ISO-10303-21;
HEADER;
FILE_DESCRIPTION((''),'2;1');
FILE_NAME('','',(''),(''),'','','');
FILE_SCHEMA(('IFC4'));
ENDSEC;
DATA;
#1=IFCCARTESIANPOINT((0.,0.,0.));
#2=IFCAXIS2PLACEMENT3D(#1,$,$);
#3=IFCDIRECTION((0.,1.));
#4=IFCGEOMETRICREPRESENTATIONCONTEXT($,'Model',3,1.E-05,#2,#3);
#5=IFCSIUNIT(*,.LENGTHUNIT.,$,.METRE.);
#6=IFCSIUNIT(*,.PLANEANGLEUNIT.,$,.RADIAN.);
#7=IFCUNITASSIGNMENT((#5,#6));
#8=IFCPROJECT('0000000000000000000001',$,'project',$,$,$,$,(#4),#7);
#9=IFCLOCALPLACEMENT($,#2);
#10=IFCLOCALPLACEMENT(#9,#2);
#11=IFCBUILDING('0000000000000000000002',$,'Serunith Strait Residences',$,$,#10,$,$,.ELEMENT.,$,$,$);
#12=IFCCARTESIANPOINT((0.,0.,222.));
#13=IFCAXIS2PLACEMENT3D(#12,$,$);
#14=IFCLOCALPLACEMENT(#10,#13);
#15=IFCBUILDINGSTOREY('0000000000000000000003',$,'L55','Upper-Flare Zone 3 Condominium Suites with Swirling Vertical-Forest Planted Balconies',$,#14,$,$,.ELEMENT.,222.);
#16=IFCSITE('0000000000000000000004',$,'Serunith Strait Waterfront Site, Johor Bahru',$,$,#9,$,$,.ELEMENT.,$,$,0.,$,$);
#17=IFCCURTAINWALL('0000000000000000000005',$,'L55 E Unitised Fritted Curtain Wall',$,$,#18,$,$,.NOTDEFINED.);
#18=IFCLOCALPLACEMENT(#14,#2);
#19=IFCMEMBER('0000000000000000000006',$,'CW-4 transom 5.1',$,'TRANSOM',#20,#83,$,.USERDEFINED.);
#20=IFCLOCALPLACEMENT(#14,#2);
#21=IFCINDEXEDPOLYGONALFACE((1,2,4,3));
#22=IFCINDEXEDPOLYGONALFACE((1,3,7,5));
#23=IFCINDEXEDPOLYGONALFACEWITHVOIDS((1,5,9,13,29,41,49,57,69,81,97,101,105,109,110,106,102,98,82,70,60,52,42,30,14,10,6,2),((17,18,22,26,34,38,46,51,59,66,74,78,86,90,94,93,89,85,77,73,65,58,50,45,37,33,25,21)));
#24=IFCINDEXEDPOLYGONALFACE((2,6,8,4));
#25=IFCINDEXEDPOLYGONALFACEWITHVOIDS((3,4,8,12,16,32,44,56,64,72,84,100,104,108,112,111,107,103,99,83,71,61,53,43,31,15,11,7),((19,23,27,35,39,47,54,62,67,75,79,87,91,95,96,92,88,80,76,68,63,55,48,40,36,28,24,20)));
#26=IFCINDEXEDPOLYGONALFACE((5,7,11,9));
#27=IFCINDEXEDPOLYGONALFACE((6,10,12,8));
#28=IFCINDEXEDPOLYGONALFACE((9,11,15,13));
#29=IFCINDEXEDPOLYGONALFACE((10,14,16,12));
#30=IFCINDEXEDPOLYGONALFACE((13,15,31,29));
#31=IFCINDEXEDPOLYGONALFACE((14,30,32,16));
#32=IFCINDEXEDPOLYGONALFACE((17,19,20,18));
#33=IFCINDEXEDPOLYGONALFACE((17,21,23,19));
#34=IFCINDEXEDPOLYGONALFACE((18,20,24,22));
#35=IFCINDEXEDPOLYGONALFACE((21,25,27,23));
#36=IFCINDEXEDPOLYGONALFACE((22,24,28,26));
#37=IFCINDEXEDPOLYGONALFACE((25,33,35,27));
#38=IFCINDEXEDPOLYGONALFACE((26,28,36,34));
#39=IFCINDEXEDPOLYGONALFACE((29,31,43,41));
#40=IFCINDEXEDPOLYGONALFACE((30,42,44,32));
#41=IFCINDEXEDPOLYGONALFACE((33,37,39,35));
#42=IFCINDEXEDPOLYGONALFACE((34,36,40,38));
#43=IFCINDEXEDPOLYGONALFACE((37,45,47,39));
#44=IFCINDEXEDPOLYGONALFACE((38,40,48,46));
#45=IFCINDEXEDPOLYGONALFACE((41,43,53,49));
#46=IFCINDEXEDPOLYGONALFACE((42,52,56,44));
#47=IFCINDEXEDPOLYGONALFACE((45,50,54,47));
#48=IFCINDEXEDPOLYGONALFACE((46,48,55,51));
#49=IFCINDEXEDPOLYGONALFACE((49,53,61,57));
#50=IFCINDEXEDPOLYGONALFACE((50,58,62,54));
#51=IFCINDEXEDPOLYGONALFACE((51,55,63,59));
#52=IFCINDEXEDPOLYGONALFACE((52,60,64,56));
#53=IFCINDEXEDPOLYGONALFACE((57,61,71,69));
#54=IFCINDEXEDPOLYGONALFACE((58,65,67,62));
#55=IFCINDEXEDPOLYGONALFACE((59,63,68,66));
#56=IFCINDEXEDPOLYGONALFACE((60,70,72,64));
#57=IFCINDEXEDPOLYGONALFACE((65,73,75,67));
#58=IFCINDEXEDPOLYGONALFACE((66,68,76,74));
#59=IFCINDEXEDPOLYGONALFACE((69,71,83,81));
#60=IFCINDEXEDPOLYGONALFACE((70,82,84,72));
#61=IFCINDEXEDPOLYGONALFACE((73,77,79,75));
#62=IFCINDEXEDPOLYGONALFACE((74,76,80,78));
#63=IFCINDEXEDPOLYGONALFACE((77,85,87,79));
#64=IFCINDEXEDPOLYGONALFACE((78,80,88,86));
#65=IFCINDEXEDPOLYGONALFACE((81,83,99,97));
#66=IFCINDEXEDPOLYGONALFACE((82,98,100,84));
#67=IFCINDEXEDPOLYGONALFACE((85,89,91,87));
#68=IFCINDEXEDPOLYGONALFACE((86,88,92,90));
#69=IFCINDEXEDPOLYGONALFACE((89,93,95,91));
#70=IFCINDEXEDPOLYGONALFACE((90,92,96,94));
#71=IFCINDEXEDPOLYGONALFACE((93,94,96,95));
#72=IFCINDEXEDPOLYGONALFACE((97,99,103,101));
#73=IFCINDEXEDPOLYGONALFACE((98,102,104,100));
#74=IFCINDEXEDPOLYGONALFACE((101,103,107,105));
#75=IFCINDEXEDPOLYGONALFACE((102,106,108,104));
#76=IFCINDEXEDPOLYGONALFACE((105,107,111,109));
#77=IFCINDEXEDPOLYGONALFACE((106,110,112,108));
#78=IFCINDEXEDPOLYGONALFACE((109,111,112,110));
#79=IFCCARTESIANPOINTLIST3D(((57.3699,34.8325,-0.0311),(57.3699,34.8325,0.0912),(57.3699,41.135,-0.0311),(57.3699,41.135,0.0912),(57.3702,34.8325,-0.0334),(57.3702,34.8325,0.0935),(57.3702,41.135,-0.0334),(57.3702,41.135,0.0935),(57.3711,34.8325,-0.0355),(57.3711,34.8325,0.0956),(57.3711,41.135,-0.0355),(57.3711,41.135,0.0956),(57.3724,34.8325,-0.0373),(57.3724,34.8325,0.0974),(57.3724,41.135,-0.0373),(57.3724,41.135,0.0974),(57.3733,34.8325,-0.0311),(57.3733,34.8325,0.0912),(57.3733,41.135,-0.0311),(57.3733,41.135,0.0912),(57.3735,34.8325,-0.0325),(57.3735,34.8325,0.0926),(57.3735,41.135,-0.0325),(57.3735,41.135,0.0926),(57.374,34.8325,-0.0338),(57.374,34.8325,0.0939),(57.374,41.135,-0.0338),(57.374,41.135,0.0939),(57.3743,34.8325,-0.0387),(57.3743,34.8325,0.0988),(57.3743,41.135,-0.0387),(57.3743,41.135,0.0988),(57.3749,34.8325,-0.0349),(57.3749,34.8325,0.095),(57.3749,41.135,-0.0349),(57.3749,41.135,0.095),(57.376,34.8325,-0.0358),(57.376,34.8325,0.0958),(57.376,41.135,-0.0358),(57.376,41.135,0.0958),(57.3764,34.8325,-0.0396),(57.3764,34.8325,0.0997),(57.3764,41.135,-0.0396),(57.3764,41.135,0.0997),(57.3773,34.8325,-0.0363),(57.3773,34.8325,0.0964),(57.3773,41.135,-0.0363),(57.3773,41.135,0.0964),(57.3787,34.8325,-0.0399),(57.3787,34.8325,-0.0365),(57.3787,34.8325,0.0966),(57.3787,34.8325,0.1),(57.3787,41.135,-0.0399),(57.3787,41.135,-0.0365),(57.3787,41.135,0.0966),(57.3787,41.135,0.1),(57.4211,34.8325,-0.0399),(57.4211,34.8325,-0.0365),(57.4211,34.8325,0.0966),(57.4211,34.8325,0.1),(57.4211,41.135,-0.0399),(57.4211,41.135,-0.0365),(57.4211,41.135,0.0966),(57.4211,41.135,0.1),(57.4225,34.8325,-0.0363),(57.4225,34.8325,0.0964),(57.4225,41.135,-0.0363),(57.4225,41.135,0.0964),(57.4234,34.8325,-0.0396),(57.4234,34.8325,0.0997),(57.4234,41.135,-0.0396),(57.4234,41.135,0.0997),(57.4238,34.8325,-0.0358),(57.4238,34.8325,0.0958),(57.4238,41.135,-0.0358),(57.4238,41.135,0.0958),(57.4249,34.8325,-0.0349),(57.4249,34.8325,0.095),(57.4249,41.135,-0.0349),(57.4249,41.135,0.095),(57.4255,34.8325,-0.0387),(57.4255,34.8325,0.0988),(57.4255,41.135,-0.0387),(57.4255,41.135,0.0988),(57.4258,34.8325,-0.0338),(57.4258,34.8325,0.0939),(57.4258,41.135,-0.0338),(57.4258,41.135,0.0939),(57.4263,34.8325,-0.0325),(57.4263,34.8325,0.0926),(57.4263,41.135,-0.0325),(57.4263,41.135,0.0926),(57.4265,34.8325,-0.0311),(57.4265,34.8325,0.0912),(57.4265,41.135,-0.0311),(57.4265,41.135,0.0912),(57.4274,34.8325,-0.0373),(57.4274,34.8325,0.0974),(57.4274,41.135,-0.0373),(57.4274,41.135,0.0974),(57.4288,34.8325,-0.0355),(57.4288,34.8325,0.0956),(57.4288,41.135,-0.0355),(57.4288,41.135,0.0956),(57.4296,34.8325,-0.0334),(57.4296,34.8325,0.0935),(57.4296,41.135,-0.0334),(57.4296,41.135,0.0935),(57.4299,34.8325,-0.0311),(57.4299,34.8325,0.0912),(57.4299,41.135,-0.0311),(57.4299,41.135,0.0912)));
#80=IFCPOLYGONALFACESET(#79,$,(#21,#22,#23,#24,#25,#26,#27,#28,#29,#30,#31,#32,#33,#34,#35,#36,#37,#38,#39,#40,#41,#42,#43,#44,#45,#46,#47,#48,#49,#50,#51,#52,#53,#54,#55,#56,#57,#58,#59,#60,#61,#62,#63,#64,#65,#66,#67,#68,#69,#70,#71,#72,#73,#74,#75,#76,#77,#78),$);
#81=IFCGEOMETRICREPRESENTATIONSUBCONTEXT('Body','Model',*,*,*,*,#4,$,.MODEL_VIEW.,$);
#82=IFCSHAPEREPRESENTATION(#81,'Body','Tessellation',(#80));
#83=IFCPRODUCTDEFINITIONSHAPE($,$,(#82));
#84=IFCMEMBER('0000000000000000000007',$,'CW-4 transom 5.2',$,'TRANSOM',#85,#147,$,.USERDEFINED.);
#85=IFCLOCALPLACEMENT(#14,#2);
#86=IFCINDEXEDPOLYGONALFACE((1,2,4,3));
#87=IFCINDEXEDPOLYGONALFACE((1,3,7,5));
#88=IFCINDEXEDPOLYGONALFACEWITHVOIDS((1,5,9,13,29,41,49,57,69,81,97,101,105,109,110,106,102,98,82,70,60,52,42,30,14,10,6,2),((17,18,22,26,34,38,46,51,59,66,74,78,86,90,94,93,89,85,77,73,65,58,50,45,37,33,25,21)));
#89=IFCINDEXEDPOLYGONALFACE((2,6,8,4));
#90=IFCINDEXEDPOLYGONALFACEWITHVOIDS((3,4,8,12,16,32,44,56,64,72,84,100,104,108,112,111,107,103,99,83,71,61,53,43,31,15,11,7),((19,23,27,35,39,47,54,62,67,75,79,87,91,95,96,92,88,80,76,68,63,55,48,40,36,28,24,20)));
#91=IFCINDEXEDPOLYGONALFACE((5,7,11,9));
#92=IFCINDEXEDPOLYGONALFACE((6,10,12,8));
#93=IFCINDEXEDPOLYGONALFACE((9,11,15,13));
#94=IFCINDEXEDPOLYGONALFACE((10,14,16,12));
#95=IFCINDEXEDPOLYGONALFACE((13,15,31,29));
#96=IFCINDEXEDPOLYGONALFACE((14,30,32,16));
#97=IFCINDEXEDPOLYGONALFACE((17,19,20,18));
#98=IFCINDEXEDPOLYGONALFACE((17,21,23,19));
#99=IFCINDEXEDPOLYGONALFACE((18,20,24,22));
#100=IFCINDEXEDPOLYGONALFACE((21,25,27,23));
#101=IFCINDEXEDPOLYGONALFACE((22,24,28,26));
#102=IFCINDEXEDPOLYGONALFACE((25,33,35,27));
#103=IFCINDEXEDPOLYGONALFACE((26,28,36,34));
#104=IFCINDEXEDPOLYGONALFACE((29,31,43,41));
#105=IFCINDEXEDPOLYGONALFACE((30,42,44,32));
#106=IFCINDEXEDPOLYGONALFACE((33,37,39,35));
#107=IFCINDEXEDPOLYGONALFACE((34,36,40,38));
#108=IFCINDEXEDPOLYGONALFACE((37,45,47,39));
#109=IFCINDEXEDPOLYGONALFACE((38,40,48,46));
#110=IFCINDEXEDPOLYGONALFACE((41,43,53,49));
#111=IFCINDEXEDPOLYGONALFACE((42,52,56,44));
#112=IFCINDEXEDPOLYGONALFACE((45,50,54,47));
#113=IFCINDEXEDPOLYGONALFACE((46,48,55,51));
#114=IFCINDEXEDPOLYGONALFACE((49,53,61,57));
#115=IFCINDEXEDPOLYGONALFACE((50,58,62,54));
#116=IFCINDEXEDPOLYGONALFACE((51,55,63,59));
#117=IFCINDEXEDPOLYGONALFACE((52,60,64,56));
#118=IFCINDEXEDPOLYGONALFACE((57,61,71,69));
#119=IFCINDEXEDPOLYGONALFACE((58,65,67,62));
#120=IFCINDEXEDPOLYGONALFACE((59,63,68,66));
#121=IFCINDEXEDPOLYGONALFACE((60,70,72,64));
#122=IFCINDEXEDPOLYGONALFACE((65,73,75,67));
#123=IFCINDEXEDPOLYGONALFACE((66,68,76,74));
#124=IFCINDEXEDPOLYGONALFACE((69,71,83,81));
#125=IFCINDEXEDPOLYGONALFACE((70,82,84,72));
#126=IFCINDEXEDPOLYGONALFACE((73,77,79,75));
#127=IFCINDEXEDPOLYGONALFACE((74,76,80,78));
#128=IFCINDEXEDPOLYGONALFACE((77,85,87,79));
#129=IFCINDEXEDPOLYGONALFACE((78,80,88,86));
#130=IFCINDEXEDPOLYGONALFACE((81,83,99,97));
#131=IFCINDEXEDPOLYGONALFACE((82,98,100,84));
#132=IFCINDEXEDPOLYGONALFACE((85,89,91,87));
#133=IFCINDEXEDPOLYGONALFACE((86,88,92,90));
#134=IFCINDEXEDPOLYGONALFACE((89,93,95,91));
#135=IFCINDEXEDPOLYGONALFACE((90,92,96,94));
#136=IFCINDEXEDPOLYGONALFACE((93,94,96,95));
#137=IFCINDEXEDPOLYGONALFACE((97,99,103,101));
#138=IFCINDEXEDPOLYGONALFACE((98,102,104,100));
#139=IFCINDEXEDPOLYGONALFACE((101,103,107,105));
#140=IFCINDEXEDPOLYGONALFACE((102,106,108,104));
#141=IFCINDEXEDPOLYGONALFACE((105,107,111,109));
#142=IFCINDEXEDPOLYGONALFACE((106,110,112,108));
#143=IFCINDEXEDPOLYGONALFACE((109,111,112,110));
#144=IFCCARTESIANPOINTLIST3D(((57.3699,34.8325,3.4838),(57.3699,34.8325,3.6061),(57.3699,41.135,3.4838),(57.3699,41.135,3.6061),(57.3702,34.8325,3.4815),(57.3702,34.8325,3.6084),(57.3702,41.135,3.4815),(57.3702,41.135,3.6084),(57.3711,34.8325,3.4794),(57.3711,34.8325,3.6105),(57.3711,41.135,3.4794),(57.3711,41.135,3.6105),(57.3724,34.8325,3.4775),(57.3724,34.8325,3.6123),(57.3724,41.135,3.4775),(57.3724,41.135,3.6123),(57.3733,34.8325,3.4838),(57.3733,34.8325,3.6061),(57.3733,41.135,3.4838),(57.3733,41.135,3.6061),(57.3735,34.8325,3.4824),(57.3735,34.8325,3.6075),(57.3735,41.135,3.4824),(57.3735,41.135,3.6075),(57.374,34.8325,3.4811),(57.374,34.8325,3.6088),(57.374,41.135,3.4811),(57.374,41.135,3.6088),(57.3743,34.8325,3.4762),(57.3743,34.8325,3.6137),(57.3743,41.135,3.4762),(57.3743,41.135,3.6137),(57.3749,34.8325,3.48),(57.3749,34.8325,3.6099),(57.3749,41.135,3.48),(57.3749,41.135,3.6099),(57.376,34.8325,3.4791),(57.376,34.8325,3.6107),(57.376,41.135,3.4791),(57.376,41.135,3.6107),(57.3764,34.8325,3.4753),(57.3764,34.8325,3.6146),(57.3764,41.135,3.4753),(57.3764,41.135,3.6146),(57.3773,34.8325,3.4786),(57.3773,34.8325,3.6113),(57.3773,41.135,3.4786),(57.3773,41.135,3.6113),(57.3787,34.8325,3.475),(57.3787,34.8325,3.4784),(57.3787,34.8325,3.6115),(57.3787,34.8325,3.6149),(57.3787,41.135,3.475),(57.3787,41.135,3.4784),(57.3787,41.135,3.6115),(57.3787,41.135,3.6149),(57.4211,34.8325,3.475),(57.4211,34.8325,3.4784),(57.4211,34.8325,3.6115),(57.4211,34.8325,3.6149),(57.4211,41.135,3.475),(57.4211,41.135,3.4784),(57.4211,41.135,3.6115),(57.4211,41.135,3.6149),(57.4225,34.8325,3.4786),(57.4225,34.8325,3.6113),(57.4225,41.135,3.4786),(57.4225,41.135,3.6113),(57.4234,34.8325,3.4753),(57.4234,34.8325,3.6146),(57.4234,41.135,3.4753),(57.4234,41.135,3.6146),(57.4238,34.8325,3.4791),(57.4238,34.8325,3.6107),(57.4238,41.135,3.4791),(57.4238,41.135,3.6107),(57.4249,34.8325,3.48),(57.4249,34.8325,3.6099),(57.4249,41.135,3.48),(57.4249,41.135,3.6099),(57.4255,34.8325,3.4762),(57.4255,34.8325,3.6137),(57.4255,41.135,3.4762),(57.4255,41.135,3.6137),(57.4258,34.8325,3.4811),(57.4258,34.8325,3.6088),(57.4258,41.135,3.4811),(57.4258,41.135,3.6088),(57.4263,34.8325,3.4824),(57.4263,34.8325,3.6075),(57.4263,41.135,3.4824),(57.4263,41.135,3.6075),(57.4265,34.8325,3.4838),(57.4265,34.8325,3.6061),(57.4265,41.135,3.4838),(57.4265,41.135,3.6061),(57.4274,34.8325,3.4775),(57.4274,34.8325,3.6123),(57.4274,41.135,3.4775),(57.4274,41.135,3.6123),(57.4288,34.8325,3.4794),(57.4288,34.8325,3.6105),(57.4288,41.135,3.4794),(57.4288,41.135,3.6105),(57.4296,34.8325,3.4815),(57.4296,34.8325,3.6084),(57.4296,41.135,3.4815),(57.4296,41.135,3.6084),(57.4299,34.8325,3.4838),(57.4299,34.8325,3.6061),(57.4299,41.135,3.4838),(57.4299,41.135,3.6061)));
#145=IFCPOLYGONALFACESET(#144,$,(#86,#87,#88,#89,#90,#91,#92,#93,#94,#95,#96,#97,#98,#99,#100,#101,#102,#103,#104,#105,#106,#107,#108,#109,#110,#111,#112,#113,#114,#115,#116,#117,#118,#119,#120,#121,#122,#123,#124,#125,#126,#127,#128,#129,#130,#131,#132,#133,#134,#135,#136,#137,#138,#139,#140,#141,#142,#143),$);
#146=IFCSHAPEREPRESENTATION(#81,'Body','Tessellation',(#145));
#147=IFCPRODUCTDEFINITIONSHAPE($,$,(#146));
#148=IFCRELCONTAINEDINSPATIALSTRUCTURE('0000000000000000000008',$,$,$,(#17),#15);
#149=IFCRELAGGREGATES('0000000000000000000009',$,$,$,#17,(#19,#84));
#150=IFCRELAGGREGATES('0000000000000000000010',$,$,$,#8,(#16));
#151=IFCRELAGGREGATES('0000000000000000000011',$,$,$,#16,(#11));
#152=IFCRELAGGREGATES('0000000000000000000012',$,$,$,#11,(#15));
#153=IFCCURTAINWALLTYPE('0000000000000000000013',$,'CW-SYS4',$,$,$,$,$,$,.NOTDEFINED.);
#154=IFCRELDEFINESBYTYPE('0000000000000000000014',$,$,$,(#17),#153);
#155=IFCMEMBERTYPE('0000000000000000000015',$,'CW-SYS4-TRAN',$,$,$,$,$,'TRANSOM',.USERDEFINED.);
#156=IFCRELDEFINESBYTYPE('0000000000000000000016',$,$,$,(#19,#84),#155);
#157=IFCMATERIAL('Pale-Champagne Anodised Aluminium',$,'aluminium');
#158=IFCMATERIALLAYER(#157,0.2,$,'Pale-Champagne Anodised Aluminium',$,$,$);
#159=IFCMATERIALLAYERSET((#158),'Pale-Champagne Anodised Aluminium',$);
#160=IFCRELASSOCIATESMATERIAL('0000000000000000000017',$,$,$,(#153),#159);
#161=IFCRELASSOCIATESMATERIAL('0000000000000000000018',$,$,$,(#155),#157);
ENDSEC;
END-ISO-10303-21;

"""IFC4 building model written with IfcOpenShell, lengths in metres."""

from ifc_helpers import new_model, si_unit, direction, frame, origin, origin_2d, place, context, subcontext, project, spatial, hollow_rectangle, extrude, source, transform, mapped, material, layer, layer_set, material_profile, profile_set, type_object, element, aggregate, save


model = new_model("IFC4")

# Units and contexts
model_context = context("Model", 3, precision=1e-05, world=origin(), true_north=direction((0.0, 1.0)))
body_context = subcontext(model_context, "Body", "Model", "MODEL_VIEW")
ifc_project = project(units=[si_unit("LENGTHUNIT", "METRE"), si_unit("PLANEANGLEUNIT", "RADIAN")], contexts=[model_context])

# Site, building, storey
site_placement = place(None, origin())
site = spatial("IfcSite", under=ifc_project, at=site_placement, Name="Serunith Strait Waterfront Site, Johor Bahru", CompositionType="ELEMENT", RefElevation=0.0)
building_placement = place(site_placement, origin())
building = spatial("IfcBuilding", under=site, at=building_placement, Name="Serunith Strait Residences", CompositionType="ELEMENT")
storey_placement = place(building_placement, frame((0.0, 0.0, 222.0)))
storey = spatial("IfcBuildingStorey", under=building, at=storey_placement, Name="L55", Description="Upper-Flare Zone 3 Condominium Suites with Swirling Vertical-Forest Planted Balconies", CompositionType="ELEMENT", Elevation=222.0)

# Curtain wall, members
ifc_material_1 = material(Name="Pale-Champagne Anodised Aluminium", Category="aluminium")
ifc_layer_1 = layer(ifc_material_1, 0.2, Name="Pale-Champagne Anodised Aluminium")
ifc_layer_set_1 = layer_set([ifc_layer_1], Name="Pale-Champagne Anodised Aluminium")
curtain_wall_type = type_object("IfcCurtainWallType", Name="CW-SYS4", PredefinedType="NOTDEFINED", material=ifc_layer_set_1)
curtain_wall_placement = place(storey_placement, origin())
curtain_wall = element("IfcCurtainWall", 1, at=curtain_wall_placement, inside=storey, type_object=curtain_wall_type, Name="L55 E Unitised Fritted Curtain Wall", PredefinedType="NOTDEFINED")
ifc_material_profile_1 = material_profile(ifc_material_1, hollow_rectangle(XDim=0.0601, YDim=0.1399, WallThickness=0.0034, InnerFilletRadius=0.0054, OuterFilletRadius=0.0088, at=origin_2d()), Name="ALU 140x60x3.5")
ifc_profile_set_1 = profile_set([ifc_material_profile_1], Name="Pale-Champagne Anodised Aluminium")
member_type_1 = type_object("IfcMemberType", Name="CW-SYS4-TRAN", ElementType="TRANSOM", PredefinedType="USERDEFINED", material=ifc_profile_set_1)
shared_shape_1 = source(origin(), body_context, "Body", "SweptSolid", [
    extrude(hollow_rectangle(XDim=0.0601, YDim=0.1399, WallThickness=0.0034, InnerFilletRadius=0.0054, OuterFilletRadius=0.0088, at=origin_2d()), origin(), (0.0, 0.0, 1.0), 6.3025),
])
member_1_placement = place(storey_placement, frame((57.3999, 34.8325, 0.03), z_axis=(0.0, 1.0, 0.0), x_axis=(-1.0, 0.0, 0.0)))
member_1 = element("IfcMember", 2, at=member_1_placement, type_object=member_type_1, Name="CW-4 transom 5.1", ObjectType="TRANSOM", PredefinedType="USERDEFINED", context=body_context, shape_type="MappedRepresentation", body=[
    mapped(shared_shape_1, transform((0.0, 0.0, 0.0), scale=1.0)),
])
member_2_placement = place(storey_placement, frame((57.3999, 34.8325, 3.5449), z_axis=(0.0, 1.0, 0.0), x_axis=(-1.0, 0.0, 0.0)))
member_2 = element("IfcMember", 3, at=member_2_placement, type_object=member_type_1, Name="CW-4 transom 5.2", ObjectType="TRANSOM", PredefinedType="USERDEFINED", context=body_context, shape_type="MappedRepresentation", body=[
    mapped(shared_shape_1, transform((0.0, 0.0, 0.0), scale=1.0)),
])
aggregate(curtain_wall, [member_1, member_2])

save(model, "model.ifc")
